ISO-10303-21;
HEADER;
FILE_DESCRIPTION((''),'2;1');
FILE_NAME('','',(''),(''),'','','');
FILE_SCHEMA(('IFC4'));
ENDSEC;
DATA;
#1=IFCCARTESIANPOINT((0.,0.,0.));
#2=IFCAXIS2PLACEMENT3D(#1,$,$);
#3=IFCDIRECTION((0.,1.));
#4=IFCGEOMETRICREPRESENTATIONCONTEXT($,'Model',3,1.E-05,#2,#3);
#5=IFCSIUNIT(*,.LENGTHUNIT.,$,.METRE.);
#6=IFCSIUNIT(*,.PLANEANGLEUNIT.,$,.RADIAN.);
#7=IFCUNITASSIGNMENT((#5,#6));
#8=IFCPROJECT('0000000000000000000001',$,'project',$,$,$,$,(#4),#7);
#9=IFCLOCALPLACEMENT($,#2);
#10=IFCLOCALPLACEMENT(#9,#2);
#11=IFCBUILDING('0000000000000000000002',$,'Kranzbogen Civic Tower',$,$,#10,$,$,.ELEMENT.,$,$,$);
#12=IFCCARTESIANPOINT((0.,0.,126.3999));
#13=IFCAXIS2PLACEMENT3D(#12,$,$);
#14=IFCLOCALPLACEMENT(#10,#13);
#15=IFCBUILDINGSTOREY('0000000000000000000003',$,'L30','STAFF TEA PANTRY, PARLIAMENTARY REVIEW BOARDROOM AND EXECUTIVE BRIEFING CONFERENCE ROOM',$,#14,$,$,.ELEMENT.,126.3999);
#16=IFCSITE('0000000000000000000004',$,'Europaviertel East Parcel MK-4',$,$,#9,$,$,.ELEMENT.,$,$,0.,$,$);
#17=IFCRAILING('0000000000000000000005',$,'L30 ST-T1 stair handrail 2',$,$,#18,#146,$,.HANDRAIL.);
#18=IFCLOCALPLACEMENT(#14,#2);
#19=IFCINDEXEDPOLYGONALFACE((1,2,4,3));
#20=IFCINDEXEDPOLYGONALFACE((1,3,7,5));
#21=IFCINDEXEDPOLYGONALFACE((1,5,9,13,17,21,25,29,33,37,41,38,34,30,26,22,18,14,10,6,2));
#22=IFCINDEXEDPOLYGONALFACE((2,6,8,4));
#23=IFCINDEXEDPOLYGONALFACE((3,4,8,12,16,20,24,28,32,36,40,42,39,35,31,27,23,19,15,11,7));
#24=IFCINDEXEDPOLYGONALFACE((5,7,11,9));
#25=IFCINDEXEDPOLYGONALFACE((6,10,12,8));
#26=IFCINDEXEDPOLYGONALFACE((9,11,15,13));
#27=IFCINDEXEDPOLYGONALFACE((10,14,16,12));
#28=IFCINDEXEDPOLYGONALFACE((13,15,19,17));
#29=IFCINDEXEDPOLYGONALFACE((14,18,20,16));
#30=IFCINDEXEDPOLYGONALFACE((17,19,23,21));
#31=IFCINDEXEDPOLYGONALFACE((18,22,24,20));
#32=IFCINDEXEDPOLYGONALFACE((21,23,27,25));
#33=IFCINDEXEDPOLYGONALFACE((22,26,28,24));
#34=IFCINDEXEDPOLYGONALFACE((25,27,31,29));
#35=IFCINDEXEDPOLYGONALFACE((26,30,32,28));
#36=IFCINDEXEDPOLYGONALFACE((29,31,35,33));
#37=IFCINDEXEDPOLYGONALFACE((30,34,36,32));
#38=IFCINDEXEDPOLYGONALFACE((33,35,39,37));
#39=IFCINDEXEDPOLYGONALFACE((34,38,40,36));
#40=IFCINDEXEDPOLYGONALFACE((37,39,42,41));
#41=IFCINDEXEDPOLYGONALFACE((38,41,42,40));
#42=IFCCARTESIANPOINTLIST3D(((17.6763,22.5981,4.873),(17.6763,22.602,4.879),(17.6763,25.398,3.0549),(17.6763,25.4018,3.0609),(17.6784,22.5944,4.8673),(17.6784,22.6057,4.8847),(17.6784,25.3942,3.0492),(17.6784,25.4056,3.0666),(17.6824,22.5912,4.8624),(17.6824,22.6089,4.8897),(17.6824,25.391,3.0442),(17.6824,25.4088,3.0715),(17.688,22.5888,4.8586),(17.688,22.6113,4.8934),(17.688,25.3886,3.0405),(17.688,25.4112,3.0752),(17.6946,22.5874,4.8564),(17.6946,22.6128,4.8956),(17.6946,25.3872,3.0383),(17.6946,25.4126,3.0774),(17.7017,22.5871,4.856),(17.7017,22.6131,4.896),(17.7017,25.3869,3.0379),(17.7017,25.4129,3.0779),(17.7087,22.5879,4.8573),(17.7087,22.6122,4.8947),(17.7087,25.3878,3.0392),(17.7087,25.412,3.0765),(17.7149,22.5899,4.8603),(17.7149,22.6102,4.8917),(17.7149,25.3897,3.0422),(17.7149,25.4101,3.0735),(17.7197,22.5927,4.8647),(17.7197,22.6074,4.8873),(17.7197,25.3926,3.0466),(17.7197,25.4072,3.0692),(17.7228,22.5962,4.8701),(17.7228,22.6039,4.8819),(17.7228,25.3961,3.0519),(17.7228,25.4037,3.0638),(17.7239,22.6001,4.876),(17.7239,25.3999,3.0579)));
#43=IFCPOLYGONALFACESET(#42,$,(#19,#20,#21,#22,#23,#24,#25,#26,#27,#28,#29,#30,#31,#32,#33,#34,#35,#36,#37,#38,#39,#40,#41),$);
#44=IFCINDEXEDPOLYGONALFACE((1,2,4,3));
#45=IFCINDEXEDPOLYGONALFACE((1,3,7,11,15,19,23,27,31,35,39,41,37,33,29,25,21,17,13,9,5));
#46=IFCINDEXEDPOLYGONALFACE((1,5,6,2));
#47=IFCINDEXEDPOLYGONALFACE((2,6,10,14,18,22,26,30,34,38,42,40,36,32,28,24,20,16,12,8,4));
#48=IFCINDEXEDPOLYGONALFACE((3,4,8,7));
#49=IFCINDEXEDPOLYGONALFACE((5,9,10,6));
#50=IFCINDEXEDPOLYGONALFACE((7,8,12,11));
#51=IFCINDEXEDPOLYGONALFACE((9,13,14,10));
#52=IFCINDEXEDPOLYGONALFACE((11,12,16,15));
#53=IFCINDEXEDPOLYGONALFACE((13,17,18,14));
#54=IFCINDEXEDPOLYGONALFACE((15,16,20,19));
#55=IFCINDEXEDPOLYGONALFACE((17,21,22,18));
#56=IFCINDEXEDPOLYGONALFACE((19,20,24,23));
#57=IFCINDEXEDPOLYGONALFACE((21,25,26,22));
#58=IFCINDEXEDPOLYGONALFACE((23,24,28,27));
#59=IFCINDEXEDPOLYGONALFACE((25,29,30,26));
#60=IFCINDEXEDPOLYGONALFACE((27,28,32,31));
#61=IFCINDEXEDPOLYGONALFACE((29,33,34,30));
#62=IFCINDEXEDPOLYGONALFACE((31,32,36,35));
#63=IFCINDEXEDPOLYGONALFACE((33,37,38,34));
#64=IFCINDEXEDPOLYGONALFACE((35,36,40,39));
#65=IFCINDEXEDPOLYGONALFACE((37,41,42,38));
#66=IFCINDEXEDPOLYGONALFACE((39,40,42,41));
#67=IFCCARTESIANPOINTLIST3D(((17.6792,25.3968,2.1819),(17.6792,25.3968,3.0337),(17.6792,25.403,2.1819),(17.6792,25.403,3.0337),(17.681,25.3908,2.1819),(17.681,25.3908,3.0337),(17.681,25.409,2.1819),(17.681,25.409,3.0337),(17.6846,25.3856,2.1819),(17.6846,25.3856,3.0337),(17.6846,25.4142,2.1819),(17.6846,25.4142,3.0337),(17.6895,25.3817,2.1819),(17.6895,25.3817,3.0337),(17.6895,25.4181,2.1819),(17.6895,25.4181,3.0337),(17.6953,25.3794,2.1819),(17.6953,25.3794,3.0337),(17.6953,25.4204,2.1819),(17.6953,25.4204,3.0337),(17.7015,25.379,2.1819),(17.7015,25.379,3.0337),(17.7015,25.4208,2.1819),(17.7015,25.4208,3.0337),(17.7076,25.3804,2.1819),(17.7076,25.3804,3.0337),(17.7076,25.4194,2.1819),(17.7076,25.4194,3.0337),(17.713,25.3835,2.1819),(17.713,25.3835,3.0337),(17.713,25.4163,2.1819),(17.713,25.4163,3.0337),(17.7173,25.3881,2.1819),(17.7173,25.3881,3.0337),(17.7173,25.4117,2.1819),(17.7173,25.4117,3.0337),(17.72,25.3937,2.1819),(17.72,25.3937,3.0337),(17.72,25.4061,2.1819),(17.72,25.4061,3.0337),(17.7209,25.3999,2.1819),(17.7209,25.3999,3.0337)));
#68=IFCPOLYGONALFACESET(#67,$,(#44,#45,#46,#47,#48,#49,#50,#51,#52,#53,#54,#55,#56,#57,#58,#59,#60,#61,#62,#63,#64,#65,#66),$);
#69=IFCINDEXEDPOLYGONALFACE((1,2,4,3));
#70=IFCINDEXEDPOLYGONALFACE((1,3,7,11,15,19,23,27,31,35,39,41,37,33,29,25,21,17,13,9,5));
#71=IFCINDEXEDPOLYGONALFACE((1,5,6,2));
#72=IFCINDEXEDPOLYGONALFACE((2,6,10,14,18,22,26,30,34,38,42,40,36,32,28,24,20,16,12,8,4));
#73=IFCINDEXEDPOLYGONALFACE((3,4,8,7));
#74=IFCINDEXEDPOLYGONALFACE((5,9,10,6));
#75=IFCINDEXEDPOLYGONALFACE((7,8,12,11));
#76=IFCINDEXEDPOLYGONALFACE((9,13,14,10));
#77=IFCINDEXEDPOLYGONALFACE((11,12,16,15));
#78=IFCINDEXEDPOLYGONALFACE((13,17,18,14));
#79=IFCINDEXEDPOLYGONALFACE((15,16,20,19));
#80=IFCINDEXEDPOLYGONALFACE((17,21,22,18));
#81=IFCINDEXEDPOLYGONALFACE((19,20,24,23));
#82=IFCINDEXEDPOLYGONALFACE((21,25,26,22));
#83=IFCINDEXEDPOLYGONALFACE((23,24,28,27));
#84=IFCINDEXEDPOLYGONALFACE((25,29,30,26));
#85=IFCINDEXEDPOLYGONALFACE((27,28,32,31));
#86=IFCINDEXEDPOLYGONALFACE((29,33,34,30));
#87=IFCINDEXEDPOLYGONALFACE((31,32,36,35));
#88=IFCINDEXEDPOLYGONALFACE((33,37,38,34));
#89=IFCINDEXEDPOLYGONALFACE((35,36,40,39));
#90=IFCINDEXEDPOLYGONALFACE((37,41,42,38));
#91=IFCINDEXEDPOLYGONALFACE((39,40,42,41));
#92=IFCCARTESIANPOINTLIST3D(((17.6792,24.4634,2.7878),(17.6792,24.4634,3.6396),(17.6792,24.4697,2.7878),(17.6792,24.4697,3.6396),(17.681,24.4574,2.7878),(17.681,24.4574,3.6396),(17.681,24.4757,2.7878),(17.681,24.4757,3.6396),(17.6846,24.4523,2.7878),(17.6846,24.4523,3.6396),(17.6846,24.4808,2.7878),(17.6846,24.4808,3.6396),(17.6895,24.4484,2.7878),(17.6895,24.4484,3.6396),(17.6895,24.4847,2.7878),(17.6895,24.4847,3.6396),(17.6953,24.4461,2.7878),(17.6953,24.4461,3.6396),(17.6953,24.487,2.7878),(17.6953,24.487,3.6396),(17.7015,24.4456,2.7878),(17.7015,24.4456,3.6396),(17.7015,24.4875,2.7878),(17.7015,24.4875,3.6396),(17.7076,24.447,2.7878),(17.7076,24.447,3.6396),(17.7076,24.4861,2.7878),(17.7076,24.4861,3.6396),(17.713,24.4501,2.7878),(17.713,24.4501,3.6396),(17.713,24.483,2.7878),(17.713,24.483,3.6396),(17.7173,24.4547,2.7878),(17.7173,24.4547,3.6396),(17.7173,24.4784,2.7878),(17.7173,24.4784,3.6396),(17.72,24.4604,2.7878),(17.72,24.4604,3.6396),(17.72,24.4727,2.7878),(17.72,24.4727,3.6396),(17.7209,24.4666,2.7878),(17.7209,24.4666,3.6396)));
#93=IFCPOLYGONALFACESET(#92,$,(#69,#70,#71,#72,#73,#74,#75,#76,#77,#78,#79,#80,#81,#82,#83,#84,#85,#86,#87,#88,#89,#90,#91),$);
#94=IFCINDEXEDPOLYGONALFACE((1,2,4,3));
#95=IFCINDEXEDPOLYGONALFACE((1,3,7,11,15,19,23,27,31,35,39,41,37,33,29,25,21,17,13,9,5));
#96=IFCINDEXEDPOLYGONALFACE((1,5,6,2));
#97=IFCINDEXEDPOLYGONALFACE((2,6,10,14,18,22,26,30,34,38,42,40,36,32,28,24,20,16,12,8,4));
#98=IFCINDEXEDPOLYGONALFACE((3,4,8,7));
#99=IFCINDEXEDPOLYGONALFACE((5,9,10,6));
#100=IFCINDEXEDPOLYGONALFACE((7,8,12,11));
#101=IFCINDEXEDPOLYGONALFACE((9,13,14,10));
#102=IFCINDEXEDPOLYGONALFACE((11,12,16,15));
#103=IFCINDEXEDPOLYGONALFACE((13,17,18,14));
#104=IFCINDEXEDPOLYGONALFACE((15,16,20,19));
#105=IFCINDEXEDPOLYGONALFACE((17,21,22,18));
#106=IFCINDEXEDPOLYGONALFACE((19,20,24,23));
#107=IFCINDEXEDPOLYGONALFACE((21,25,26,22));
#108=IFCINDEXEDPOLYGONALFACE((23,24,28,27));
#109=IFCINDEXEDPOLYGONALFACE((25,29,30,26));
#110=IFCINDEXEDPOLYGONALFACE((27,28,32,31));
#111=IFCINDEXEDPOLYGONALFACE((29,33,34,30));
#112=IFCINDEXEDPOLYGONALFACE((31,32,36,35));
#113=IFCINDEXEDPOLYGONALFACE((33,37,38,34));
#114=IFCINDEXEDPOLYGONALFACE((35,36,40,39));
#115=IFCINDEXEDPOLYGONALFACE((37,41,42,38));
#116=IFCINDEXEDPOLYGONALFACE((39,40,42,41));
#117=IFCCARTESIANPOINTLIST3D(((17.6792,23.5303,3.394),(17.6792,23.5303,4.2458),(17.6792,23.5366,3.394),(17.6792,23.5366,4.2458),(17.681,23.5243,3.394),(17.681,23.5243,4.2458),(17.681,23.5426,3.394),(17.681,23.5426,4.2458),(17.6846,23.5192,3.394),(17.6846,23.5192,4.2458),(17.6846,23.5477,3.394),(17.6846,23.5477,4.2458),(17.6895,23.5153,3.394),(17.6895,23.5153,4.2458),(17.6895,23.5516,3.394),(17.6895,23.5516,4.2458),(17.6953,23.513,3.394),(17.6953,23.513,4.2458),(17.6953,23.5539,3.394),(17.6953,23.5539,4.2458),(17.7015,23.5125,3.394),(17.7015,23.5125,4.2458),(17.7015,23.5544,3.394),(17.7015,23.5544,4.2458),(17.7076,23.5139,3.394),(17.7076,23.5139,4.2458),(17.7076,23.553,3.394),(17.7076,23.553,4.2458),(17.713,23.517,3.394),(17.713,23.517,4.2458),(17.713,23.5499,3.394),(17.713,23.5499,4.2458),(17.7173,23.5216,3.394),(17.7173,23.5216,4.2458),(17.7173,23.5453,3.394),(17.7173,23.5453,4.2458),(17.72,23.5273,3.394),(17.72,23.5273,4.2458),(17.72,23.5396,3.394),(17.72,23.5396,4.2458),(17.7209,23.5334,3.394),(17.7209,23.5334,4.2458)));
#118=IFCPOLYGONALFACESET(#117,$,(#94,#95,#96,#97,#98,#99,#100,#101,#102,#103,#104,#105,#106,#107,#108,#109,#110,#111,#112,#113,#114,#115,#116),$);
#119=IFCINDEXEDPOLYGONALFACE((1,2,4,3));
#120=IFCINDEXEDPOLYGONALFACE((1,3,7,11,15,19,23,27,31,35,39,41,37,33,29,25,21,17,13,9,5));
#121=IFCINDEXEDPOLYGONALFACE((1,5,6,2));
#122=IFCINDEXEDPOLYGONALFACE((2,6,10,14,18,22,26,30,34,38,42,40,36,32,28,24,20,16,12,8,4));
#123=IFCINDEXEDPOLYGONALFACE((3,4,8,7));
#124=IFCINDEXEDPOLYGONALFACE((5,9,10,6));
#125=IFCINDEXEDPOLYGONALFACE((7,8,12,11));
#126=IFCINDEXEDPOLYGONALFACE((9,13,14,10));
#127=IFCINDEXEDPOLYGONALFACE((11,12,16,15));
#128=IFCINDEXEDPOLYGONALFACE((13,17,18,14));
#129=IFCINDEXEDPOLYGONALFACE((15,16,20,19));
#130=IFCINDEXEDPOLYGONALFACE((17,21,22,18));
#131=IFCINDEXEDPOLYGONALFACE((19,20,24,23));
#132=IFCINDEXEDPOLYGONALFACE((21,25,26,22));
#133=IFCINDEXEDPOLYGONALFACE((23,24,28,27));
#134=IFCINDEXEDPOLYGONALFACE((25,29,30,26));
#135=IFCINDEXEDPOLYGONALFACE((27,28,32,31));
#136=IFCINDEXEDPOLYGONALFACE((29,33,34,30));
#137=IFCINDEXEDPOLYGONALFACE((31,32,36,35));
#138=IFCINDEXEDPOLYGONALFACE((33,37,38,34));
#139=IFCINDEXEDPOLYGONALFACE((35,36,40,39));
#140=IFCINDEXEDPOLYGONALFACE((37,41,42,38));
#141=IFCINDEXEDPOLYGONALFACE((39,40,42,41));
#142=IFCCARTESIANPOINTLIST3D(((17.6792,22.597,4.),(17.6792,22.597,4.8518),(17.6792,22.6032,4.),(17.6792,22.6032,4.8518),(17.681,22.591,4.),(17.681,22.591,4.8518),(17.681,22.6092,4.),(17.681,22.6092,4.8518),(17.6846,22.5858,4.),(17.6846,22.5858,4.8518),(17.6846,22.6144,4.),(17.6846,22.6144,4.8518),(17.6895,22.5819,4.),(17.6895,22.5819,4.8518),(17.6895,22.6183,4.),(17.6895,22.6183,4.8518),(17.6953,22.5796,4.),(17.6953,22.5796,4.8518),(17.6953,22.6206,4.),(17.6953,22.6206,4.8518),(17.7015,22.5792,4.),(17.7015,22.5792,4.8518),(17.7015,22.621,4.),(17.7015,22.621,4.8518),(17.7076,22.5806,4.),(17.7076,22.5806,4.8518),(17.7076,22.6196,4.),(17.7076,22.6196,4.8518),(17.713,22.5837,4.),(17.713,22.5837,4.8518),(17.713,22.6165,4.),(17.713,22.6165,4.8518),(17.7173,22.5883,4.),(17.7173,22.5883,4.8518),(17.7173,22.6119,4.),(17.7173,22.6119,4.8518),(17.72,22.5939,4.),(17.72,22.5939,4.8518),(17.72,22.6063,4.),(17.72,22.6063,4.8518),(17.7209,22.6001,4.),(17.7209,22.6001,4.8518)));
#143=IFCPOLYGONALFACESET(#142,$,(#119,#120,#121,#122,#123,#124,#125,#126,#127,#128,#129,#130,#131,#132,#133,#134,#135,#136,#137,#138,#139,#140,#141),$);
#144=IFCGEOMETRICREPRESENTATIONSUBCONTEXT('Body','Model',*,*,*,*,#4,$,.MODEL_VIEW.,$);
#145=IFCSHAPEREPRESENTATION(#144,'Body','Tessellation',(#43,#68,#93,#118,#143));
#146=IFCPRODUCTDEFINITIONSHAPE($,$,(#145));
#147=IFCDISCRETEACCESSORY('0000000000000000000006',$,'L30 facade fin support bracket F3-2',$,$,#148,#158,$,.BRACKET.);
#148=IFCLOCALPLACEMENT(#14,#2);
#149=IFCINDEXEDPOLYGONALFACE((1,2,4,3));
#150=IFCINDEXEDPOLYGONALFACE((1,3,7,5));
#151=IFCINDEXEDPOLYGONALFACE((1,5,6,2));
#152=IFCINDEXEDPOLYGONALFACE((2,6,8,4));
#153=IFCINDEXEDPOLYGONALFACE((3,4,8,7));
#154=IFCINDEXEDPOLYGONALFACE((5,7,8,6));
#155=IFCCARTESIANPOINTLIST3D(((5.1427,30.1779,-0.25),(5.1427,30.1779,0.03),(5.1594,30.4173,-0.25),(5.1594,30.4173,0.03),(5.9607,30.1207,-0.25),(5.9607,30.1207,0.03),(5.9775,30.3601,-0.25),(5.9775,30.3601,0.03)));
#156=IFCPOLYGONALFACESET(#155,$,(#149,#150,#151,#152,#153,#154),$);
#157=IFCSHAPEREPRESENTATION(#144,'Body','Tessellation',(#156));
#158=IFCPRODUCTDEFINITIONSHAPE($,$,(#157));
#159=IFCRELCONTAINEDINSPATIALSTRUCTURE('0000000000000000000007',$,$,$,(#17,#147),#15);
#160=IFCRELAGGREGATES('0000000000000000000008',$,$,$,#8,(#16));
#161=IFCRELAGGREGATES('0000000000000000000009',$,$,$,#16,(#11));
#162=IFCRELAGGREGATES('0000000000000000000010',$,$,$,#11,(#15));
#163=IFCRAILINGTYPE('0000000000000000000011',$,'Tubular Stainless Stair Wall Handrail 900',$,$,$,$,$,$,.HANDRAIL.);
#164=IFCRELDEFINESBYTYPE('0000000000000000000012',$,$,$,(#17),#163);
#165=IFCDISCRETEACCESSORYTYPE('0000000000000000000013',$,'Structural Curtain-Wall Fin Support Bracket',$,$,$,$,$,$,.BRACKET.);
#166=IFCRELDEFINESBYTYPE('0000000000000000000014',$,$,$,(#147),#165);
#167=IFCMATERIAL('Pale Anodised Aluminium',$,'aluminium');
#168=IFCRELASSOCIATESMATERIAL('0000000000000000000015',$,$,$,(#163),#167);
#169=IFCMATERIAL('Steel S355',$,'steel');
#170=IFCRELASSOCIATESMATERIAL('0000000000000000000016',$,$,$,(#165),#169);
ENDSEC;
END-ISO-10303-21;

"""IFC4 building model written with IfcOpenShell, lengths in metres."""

from ifc_helpers import new_model, si_unit, direction, frame, origin, origin_2d, place, context, subcontext, project, spatial, rectangle, circle, extrude, material, type_object, element, save


model = new_model("IFC4")

# Units and contexts
model_context = context("Model", 3, precision=1e-05, world=origin(), true_north=direction((0.0, 1.0)))
body_context = subcontext(model_context, "Body", "Model", "MODEL_VIEW")
ifc_project = project(units=[si_unit("LENGTHUNIT", "METRE"), si_unit("PLANEANGLEUNIT", "RADIAN")], contexts=[model_context])

# Site, building, storey
site_placement = place(None, origin())
site = spatial("IfcSite", under=ifc_project, at=site_placement, Name="Europaviertel East Parcel MK-4", CompositionType="ELEMENT", RefElevation=0.0)
building_placement = place(site_placement, origin())
building = spatial("IfcBuilding", under=site, at=building_placement, Name="Kranzbogen Civic Tower", CompositionType="ELEMENT")
storey_placement = place(building_placement, frame((0.0, 0.0, 126.3999)))
storey = spatial("IfcBuildingStorey", under=building, at=storey_placement, Name="L30", Description="STAFF TEA PANTRY, PARLIAMENTARY REVIEW BOARDROOM AND EXECUTIVE BRIEFING CONFERENCE ROOM", CompositionType="ELEMENT", Elevation=126.3999)

# Shared definitions
ifc_material_1 = material(Name="Pale Anodised Aluminium", Category="aluminium")

# Shared definitions
ifc_material_2 = material(Name="Steel S355", Category="steel")

# Railing
railing_type_1 = type_object("IfcRailingType", Name="Tubular Stainless Stair Wall Handrail 900", PredefinedType="HANDRAIL", material=ifc_material_1)
railing_1_placement = place(storey_placement, frame((17.7, 25.3999, 2.1819)))
element("IfcRailing", 1, at=railing_1_placement, inside=storey, type_object=railing_type_1, Name="L30 ST-T1 stair handrail 2", PredefinedType="HANDRAIL", context=body_context, shape_type="SweptSolid", body=[
    extrude(circle(Radius=0.0239, at=origin_2d()), frame((0.0, 0.0, 0.876), z_axis=(0.0, -0.838684, 0.544618), x_axis=(1.0, 0.0, 0.0)), (0.0, 0.0, 1.0), 3.3384),
    extrude(circle(Radius=0.021, at=origin_2d()), origin(), (0.0, 0.0, 1.0), 0.8518),
    extrude(circle(Radius=0.021, at=origin_2d()), frame((0.0, -0.9333, 0.606)), (0.0, 0.0, 1.0), 0.8518),
    extrude(circle(Radius=0.021, at=origin_2d()), frame((0.0, -1.8665, 1.2122)), (0.0, 0.0, 1.0), 0.8518),
    extrude(circle(Radius=0.021, at=origin_2d()), frame((0.0, -2.7998, 1.8181)), (0.0, 0.0, 1.0), 0.8518),
])

# Discrete accessory
discrete_accessory_type = type_object("IfcDiscreteAccessoryType", Name="Structural Curtain-Wall Fin Support Bracket", PredefinedType="BRACKET", material=ifc_material_2)
discrete_accessory_placement = place(storey_placement, frame((5.5601, 30.269, -0.25), z_axis=(0.0, 0.0, 1.0), x_axis=(-0.997564, 0.069756, 0.0)))
element("IfcDiscreteAccessory", 2, at=discrete_accessory_placement, inside=storey, type_object=discrete_accessory_type, Name="L30 facade fin support bracket F3-2", PredefinedType="BRACKET", context=body_context, shape_type="SweptSolid", body=[
    extrude(rectangle(XDim=0.8201, YDim=0.24, at=origin_2d()), origin(), (0.0, 0.0, 1.0), 0.28),
])

save(model, "model.ifc")
